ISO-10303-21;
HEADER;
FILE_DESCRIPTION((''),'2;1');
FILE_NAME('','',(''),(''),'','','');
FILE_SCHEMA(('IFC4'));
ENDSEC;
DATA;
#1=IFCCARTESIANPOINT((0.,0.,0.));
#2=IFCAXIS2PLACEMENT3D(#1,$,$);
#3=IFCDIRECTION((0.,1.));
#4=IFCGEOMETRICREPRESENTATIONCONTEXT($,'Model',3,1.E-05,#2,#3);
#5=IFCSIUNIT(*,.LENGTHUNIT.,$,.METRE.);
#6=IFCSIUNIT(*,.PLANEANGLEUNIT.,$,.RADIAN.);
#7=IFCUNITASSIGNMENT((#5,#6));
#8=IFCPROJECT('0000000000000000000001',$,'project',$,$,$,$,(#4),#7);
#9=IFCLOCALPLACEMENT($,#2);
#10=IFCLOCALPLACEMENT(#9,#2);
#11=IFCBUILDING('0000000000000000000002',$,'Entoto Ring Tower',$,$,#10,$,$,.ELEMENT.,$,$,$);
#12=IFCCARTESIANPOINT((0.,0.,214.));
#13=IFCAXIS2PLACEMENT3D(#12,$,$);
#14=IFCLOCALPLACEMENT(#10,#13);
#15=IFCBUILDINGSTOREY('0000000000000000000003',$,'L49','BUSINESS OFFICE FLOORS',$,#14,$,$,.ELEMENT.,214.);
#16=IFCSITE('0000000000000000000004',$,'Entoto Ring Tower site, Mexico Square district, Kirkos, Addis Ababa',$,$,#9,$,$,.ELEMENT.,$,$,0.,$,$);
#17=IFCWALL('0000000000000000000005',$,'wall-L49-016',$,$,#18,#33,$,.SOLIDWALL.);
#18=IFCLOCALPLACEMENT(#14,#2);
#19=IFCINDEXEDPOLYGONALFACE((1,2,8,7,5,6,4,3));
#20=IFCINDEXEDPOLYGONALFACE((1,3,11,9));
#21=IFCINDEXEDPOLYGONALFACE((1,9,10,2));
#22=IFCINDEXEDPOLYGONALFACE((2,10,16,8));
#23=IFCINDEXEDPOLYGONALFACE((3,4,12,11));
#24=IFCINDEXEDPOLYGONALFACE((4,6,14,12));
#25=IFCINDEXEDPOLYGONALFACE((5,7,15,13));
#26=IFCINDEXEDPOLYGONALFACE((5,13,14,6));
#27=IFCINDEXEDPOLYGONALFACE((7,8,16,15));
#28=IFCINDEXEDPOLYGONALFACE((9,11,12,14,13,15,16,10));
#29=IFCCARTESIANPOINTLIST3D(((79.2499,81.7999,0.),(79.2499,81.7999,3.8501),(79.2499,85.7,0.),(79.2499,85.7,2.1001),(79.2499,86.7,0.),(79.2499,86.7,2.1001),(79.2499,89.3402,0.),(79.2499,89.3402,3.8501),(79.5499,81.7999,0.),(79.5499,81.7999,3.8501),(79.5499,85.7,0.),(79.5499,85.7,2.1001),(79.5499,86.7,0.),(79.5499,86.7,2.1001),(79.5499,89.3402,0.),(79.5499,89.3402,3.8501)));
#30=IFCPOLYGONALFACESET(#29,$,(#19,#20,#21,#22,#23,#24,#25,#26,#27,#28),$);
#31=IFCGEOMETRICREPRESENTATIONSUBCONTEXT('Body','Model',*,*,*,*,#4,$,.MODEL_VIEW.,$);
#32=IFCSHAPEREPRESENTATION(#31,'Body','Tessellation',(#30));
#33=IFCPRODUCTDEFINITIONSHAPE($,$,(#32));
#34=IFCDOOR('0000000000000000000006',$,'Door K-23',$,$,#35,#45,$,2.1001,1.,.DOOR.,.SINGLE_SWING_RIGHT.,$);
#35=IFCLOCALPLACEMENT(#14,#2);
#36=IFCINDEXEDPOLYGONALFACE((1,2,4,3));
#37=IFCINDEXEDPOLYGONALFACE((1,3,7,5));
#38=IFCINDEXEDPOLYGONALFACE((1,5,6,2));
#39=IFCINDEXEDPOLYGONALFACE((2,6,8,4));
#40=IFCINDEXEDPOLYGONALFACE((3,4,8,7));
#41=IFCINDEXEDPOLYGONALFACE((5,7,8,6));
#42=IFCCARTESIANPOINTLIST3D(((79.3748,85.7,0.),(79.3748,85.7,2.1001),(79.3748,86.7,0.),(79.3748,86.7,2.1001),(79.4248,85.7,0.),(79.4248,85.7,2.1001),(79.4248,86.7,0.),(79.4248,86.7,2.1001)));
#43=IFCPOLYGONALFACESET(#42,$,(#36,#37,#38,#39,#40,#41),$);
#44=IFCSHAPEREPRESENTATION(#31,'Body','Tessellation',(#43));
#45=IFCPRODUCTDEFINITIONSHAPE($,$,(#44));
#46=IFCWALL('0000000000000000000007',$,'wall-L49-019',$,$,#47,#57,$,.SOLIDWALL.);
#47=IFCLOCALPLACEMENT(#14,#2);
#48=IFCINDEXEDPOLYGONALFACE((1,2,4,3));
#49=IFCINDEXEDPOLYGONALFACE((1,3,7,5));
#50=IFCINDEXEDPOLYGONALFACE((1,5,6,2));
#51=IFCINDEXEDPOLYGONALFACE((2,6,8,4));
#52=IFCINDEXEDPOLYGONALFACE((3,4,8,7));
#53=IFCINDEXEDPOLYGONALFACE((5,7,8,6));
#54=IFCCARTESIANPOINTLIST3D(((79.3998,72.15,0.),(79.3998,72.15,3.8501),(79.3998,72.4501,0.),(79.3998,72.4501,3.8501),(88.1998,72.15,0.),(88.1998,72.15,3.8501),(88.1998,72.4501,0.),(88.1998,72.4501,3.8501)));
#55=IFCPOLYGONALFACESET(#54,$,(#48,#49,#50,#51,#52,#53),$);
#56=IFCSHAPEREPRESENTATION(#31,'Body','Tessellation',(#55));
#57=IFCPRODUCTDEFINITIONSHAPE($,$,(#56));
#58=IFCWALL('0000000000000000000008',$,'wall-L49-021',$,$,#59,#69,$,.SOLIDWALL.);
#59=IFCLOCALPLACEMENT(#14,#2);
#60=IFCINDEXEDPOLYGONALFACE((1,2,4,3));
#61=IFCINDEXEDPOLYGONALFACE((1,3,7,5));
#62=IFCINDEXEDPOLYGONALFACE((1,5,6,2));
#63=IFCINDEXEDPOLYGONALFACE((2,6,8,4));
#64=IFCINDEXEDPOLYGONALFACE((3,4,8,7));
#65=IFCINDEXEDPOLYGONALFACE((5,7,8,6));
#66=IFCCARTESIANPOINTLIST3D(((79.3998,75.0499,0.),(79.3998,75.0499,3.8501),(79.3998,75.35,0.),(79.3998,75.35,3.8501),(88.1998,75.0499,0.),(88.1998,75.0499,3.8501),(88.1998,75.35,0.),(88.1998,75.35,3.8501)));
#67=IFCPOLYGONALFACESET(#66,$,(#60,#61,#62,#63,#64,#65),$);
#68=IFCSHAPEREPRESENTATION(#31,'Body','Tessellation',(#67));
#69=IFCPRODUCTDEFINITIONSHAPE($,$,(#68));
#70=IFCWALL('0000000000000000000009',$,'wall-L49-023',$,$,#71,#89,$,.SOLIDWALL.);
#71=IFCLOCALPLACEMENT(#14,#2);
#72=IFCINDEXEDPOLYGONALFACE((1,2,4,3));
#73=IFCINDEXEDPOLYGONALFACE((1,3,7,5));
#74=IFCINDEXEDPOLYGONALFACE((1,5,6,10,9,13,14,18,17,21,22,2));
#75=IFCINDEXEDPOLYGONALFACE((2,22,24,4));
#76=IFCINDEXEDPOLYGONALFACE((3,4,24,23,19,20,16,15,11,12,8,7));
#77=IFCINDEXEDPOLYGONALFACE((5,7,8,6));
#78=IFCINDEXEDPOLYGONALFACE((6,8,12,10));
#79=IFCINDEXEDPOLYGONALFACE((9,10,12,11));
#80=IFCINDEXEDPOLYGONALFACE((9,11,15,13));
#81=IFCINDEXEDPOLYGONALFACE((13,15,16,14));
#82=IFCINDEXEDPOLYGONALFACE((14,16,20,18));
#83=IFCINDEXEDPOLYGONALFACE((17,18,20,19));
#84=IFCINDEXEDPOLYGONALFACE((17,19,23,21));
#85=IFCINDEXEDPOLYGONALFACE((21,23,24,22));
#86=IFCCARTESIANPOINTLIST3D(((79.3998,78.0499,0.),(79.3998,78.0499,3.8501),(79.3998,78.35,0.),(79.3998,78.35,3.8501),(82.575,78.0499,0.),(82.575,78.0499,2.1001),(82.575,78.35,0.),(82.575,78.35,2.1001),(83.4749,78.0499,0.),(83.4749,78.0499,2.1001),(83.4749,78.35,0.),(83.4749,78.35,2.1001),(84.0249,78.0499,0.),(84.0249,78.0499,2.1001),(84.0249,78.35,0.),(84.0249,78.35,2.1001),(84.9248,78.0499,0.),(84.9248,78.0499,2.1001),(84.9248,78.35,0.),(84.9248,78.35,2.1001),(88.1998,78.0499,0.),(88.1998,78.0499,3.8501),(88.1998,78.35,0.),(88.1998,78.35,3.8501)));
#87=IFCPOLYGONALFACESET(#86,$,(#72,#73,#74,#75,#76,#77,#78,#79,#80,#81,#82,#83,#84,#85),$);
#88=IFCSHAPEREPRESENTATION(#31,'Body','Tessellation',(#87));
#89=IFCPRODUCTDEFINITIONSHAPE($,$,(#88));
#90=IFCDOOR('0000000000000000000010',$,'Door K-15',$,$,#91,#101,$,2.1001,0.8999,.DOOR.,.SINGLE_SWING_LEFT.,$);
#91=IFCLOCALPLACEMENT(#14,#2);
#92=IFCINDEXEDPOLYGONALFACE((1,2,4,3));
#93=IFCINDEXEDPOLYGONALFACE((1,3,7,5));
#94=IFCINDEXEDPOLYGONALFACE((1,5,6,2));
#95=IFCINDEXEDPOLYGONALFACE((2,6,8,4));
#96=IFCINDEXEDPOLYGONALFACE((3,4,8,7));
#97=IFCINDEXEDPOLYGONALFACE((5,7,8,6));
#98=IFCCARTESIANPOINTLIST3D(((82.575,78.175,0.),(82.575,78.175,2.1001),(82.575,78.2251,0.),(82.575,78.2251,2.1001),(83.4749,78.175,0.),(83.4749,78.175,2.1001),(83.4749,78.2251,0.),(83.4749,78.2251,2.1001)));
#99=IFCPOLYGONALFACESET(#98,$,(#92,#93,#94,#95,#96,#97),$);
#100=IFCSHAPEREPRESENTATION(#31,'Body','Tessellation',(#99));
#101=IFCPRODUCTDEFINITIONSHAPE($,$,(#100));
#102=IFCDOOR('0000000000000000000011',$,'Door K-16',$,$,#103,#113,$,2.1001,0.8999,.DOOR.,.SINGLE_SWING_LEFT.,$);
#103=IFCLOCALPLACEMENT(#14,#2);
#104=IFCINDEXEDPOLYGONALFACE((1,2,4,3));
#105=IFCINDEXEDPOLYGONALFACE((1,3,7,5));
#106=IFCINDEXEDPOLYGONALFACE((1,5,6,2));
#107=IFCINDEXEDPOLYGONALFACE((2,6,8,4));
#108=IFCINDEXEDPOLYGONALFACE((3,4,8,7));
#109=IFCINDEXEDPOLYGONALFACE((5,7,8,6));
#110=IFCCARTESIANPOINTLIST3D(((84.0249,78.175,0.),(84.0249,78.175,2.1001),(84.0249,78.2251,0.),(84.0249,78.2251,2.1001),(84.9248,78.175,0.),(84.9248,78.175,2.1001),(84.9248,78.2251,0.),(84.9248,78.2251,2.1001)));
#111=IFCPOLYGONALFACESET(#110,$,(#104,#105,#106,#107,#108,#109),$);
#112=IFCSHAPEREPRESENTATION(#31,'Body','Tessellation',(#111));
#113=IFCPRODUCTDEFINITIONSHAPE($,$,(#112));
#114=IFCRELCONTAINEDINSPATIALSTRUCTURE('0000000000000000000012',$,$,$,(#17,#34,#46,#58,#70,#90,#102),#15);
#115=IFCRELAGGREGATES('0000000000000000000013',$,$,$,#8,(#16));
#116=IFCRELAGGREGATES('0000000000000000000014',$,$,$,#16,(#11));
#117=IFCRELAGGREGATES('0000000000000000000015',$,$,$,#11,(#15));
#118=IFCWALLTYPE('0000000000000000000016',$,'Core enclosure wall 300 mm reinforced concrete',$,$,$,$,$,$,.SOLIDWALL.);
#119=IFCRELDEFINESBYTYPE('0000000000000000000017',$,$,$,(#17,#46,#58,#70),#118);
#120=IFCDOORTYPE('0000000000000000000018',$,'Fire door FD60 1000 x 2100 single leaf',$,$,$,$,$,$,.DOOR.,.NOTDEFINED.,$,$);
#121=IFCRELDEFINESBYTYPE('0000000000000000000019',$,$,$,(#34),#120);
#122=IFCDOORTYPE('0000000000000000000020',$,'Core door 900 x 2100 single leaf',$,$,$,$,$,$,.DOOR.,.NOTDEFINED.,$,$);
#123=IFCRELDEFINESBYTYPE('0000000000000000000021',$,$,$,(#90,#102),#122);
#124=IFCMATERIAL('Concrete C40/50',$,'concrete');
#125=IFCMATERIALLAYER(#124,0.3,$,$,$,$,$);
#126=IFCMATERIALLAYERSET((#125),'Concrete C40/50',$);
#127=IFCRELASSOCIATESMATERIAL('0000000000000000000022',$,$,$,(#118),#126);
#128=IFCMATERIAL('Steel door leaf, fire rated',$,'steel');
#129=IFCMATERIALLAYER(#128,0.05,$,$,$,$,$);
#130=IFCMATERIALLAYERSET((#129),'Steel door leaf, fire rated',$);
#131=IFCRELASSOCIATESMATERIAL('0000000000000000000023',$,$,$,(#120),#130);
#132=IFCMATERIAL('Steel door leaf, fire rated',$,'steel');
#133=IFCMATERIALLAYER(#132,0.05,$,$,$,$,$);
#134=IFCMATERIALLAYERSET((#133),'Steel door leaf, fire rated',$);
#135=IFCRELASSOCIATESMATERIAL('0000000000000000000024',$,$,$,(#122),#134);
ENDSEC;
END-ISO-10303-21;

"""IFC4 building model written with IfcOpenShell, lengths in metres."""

from ifc_helpers import new_model, si_unit, direction, frame, frame_2d, origin, place, context, subcontext, project, spatial, rectangle, extrude, material, layer, layer_set, type_object, element, fill, save


model = new_model("IFC4")

# Units and contexts
model_context = context("Model", 3, precision=1e-05, world=origin(), true_north=direction((0.0, 1.0)))
body_context = subcontext(model_context, "Body", "Model", "MODEL_VIEW")
ifc_project = project(units=[si_unit("LENGTHUNIT", "METRE"), si_unit("PLANEANGLEUNIT", "RADIAN")], contexts=[model_context])

# Site, building, storey
site_placement = place(None, origin())
site = spatial("IfcSite", under=ifc_project, at=site_placement, Name="Entoto Ring Tower site, Mexico Square district, Kirkos, Addis Ababa", CompositionType="ELEMENT", RefElevation=0.0)
building_placement = place(site_placement, origin())
building = spatial("IfcBuilding", under=site, at=building_placement, Name="Entoto Ring Tower", CompositionType="ELEMENT")
storey_placement = place(building_placement, frame((0.0, 0.0, 214.0)))
storey = spatial("IfcBuildingStorey", under=building, at=storey_placement, Name="L49", Description="BUSINESS OFFICE FLOORS", CompositionType="ELEMENT", Elevation=214.0)

# Shared definitions
ifc_material_1 = material(Name="Concrete C40/50", Category="concrete")
ifc_layer_1 = layer(ifc_material_1, 0.3)
ifc_layer_set_1 = layer_set([ifc_layer_1], Name="Concrete C40/50")
wall_type_1 = type_object("IfcWallType", Name="Core enclosure wall 300 mm reinforced concrete", PredefinedType="SOLIDWALL", material=ifc_layer_set_1)

# Wall, opening, door
wall_1_placement = place(storey_placement, frame((79.3999, 81.8, 0.0), z_axis=(0.0, 0.0, 1.0), x_axis=(0.0, 1.0, 0.0)))
wall_1 = element("IfcWall", 1, at=wall_1_placement, inside=storey, type_object=wall_type_1, Name="wall-L49-016", PredefinedType="SOLIDWALL", context=body_context, shape_type="SweptSolid", body=[
    extrude(rectangle(XDim=7.5403, YDim=0.3, at=frame_2d((3.77, 0.0))), origin(), (0.0, 0.0, 1.0), 3.8501),
])
opening_1_placement = place(wall_1_placement, frame((3.8999, 0.0, 0.0)))
opening_1 = element("IfcOpeningElement", 2, at=opening_1_placement, cuts=wall_1, PredefinedType="OPENING", context=body_context, shape_type="SweptSolid", body=[
    extrude(rectangle(XDim=1.0, YDim=2.1001, at=frame_2d((0.5, 1.05))), frame((0.0, 0.1602, 0.0), z_axis=(0.0, -1.0, 0.0), x_axis=(1.0, 0.0, 0.0)), (0.0, 0.0, 1.0), 0.3201),
])
ifc_material_2 = material(Name="Steel door leaf, fire rated", Category="steel")
ifc_layer_2 = layer(ifc_material_2, 0.05)
ifc_layer_set_2 = layer_set([ifc_layer_2], Name="Steel door leaf, fire rated")
door_type_1 = type_object("IfcDoorType", Name="Fire door FD60 1000 x 2100 single leaf", OperationType="NOTDEFINED", PredefinedType="DOOR", material=ifc_layer_set_2)
door_1_placement = place(opening_1_placement, frame((1.0, 0.0, 0.0), z_axis=(0.0, 0.0, 1.0), x_axis=(-1.0, 0.0, 0.0)))
door_1 = element("IfcDoor", 3, at=door_1_placement, inside=storey, type_object=door_type_1, Name="Door K-23", OperationType="SINGLE_SWING_RIGHT", OverallHeight=2.1001, OverallWidth=1.0, PredefinedType="DOOR", context=body_context, shape_type="SweptSolid", body=[
    extrude(rectangle(XDim=1.0, YDim=2.1001, at=frame_2d((0.5, 1.05))), frame((0.0, 0.0249, 0.0), z_axis=(0.0, -1.0, 0.0), x_axis=(1.0, 0.0, 0.0)), (0.0, 0.0, 1.0), 0.05),
])
fill(opening_1, door_1)

# Walls
for number, where, z_axis, x_axis, name in (
    (4, (79.3999, 72.3, 0.0), (0.0, 0.0, 1.0), (1.0, 0.0, 0.0), "wall-L49-019"),
    (5, (79.3999, 75.2, 0.0), (0.0, 0.0, 1.0), (1.0, 0.0, 0.0), "wall-L49-021"),
):
    element("IfcWall", number, at=place(storey_placement, frame(where, z_axis=z_axis, x_axis=x_axis)), inside=storey, type_object=wall_type_1, Name=name, PredefinedType="SOLIDWALL", context=body_context, shape_type="SweptSolid", body=[
        extrude(rectangle(XDim=8.8, YDim=0.3, at=frame_2d((4.3999, 0.0))), origin(), (0.0, 0.0, 1.0), 3.8501),
    ])

# Wall, openings, doors
wall_2_placement = place(storey_placement, frame((79.3999, 78.2, 0.0), z_axis=(0.0, 0.0, 1.0), x_axis=(1.0, 0.0, 0.0)))
wall_2 = element("IfcWall", 6, at=wall_2_placement, inside=storey, type_object=wall_type_1, Name="wall-L49-023", PredefinedType="SOLIDWALL", context=body_context, shape_type="SweptSolid", body=[
    extrude(rectangle(XDim=8.8, YDim=0.3, at=frame_2d((4.3999, 0.0))), origin(), (0.0, 0.0, 1.0), 3.8501),
])
opening_2_placement = place(wall_2_placement, frame((3.175, 0.0, 0.0)))
opening_2 = element("IfcOpeningElement", 7, at=opening_2_placement, cuts=wall_2, PredefinedType="OPENING", context=body_context, shape_type="SweptSolid", body=[
    extrude(rectangle(XDim=0.8999, YDim=2.1001, at=frame_2d((0.45, 1.05))), frame((0.0, 0.1602, 0.0), z_axis=(0.0, -1.0, 0.0), x_axis=(1.0, 0.0, 0.0)), (0.0, 0.0, 1.0), 0.3201),
])
opening_3_placement = place(wall_2_placement, frame((4.625, 0.0, 0.0)))
opening_3 = element("IfcOpeningElement", 8, at=opening_3_placement, cuts=wall_2, PredefinedType="OPENING", context=body_context, shape_type="SweptSolid", body=[
    extrude(rectangle(XDim=0.8999, YDim=2.1001, at=frame_2d((0.45, 1.05))), frame((0.0, 0.1602, 0.0), z_axis=(0.0, -1.0, 0.0), x_axis=(1.0, 0.0, 0.0)), (0.0, 0.0, 1.0), 0.3201),
])
ifc_material_3 = material(Name="Steel door leaf, fire rated", Category="steel")
ifc_layer_3 = layer(ifc_material_3, 0.05)
ifc_layer_set_3 = layer_set([ifc_layer_3], Name="Steel door leaf, fire rated")
door_type_2 = type_object("IfcDoorType", Name="Core door 900 x 2100 single leaf", OperationType="NOTDEFINED", PredefinedType="DOOR", material=ifc_layer_set_3)
door_2_placement = place(opening_2_placement, frame((0.8999, 0.0, 0.0), z_axis=(0.0, 0.0, 1.0), x_axis=(-1.0, 0.0, 0.0)))
door_2 = element("IfcDoor", 9, at=door_2_placement, inside=storey, type_object=door_type_2, Name="Door K-15", OperationType="SINGLE_SWING_LEFT", OverallHeight=2.1001, OverallWidth=0.8999, PredefinedType="DOOR", context=body_context, shape_type="SweptSolid", body=[
    extrude(rectangle(XDim=0.8999, YDim=2.1001, at=frame_2d((0.45, 1.05))), frame((0.0, 0.0249, 0.0), z_axis=(0.0, -1.0, 0.0), x_axis=(1.0, 0.0, 0.0)), (0.0, 0.0, 1.0), 0.05),
])
fill(opening_2, door_2)
door_3_placement = place(opening_3_placement, frame((0.8999, 0.0, 0.0), z_axis=(0.0, 0.0, 1.0), x_axis=(-1.0, 0.0, 0.0)))
door_3 = element("IfcDoor", 10, at=door_3_placement, inside=storey, type_object=door_type_2, Name="Door K-16", OperationType="SINGLE_SWING_LEFT", OverallHeight=2.1001, OverallWidth=0.8999, PredefinedType="DOOR", context=body_context, shape_type="SweptSolid", body=[
    extrude(rectangle(XDim=0.8999, YDim=2.1001, at=frame_2d((0.45, 1.05))), frame((0.0, 0.0249, 0.0), z_axis=(0.0, -1.0, 0.0), x_axis=(1.0, 0.0, 0.0)), (0.0, 0.0, 1.0), 0.05),
])
fill(opening_3, door_3)

save(model, "model.ifc")
